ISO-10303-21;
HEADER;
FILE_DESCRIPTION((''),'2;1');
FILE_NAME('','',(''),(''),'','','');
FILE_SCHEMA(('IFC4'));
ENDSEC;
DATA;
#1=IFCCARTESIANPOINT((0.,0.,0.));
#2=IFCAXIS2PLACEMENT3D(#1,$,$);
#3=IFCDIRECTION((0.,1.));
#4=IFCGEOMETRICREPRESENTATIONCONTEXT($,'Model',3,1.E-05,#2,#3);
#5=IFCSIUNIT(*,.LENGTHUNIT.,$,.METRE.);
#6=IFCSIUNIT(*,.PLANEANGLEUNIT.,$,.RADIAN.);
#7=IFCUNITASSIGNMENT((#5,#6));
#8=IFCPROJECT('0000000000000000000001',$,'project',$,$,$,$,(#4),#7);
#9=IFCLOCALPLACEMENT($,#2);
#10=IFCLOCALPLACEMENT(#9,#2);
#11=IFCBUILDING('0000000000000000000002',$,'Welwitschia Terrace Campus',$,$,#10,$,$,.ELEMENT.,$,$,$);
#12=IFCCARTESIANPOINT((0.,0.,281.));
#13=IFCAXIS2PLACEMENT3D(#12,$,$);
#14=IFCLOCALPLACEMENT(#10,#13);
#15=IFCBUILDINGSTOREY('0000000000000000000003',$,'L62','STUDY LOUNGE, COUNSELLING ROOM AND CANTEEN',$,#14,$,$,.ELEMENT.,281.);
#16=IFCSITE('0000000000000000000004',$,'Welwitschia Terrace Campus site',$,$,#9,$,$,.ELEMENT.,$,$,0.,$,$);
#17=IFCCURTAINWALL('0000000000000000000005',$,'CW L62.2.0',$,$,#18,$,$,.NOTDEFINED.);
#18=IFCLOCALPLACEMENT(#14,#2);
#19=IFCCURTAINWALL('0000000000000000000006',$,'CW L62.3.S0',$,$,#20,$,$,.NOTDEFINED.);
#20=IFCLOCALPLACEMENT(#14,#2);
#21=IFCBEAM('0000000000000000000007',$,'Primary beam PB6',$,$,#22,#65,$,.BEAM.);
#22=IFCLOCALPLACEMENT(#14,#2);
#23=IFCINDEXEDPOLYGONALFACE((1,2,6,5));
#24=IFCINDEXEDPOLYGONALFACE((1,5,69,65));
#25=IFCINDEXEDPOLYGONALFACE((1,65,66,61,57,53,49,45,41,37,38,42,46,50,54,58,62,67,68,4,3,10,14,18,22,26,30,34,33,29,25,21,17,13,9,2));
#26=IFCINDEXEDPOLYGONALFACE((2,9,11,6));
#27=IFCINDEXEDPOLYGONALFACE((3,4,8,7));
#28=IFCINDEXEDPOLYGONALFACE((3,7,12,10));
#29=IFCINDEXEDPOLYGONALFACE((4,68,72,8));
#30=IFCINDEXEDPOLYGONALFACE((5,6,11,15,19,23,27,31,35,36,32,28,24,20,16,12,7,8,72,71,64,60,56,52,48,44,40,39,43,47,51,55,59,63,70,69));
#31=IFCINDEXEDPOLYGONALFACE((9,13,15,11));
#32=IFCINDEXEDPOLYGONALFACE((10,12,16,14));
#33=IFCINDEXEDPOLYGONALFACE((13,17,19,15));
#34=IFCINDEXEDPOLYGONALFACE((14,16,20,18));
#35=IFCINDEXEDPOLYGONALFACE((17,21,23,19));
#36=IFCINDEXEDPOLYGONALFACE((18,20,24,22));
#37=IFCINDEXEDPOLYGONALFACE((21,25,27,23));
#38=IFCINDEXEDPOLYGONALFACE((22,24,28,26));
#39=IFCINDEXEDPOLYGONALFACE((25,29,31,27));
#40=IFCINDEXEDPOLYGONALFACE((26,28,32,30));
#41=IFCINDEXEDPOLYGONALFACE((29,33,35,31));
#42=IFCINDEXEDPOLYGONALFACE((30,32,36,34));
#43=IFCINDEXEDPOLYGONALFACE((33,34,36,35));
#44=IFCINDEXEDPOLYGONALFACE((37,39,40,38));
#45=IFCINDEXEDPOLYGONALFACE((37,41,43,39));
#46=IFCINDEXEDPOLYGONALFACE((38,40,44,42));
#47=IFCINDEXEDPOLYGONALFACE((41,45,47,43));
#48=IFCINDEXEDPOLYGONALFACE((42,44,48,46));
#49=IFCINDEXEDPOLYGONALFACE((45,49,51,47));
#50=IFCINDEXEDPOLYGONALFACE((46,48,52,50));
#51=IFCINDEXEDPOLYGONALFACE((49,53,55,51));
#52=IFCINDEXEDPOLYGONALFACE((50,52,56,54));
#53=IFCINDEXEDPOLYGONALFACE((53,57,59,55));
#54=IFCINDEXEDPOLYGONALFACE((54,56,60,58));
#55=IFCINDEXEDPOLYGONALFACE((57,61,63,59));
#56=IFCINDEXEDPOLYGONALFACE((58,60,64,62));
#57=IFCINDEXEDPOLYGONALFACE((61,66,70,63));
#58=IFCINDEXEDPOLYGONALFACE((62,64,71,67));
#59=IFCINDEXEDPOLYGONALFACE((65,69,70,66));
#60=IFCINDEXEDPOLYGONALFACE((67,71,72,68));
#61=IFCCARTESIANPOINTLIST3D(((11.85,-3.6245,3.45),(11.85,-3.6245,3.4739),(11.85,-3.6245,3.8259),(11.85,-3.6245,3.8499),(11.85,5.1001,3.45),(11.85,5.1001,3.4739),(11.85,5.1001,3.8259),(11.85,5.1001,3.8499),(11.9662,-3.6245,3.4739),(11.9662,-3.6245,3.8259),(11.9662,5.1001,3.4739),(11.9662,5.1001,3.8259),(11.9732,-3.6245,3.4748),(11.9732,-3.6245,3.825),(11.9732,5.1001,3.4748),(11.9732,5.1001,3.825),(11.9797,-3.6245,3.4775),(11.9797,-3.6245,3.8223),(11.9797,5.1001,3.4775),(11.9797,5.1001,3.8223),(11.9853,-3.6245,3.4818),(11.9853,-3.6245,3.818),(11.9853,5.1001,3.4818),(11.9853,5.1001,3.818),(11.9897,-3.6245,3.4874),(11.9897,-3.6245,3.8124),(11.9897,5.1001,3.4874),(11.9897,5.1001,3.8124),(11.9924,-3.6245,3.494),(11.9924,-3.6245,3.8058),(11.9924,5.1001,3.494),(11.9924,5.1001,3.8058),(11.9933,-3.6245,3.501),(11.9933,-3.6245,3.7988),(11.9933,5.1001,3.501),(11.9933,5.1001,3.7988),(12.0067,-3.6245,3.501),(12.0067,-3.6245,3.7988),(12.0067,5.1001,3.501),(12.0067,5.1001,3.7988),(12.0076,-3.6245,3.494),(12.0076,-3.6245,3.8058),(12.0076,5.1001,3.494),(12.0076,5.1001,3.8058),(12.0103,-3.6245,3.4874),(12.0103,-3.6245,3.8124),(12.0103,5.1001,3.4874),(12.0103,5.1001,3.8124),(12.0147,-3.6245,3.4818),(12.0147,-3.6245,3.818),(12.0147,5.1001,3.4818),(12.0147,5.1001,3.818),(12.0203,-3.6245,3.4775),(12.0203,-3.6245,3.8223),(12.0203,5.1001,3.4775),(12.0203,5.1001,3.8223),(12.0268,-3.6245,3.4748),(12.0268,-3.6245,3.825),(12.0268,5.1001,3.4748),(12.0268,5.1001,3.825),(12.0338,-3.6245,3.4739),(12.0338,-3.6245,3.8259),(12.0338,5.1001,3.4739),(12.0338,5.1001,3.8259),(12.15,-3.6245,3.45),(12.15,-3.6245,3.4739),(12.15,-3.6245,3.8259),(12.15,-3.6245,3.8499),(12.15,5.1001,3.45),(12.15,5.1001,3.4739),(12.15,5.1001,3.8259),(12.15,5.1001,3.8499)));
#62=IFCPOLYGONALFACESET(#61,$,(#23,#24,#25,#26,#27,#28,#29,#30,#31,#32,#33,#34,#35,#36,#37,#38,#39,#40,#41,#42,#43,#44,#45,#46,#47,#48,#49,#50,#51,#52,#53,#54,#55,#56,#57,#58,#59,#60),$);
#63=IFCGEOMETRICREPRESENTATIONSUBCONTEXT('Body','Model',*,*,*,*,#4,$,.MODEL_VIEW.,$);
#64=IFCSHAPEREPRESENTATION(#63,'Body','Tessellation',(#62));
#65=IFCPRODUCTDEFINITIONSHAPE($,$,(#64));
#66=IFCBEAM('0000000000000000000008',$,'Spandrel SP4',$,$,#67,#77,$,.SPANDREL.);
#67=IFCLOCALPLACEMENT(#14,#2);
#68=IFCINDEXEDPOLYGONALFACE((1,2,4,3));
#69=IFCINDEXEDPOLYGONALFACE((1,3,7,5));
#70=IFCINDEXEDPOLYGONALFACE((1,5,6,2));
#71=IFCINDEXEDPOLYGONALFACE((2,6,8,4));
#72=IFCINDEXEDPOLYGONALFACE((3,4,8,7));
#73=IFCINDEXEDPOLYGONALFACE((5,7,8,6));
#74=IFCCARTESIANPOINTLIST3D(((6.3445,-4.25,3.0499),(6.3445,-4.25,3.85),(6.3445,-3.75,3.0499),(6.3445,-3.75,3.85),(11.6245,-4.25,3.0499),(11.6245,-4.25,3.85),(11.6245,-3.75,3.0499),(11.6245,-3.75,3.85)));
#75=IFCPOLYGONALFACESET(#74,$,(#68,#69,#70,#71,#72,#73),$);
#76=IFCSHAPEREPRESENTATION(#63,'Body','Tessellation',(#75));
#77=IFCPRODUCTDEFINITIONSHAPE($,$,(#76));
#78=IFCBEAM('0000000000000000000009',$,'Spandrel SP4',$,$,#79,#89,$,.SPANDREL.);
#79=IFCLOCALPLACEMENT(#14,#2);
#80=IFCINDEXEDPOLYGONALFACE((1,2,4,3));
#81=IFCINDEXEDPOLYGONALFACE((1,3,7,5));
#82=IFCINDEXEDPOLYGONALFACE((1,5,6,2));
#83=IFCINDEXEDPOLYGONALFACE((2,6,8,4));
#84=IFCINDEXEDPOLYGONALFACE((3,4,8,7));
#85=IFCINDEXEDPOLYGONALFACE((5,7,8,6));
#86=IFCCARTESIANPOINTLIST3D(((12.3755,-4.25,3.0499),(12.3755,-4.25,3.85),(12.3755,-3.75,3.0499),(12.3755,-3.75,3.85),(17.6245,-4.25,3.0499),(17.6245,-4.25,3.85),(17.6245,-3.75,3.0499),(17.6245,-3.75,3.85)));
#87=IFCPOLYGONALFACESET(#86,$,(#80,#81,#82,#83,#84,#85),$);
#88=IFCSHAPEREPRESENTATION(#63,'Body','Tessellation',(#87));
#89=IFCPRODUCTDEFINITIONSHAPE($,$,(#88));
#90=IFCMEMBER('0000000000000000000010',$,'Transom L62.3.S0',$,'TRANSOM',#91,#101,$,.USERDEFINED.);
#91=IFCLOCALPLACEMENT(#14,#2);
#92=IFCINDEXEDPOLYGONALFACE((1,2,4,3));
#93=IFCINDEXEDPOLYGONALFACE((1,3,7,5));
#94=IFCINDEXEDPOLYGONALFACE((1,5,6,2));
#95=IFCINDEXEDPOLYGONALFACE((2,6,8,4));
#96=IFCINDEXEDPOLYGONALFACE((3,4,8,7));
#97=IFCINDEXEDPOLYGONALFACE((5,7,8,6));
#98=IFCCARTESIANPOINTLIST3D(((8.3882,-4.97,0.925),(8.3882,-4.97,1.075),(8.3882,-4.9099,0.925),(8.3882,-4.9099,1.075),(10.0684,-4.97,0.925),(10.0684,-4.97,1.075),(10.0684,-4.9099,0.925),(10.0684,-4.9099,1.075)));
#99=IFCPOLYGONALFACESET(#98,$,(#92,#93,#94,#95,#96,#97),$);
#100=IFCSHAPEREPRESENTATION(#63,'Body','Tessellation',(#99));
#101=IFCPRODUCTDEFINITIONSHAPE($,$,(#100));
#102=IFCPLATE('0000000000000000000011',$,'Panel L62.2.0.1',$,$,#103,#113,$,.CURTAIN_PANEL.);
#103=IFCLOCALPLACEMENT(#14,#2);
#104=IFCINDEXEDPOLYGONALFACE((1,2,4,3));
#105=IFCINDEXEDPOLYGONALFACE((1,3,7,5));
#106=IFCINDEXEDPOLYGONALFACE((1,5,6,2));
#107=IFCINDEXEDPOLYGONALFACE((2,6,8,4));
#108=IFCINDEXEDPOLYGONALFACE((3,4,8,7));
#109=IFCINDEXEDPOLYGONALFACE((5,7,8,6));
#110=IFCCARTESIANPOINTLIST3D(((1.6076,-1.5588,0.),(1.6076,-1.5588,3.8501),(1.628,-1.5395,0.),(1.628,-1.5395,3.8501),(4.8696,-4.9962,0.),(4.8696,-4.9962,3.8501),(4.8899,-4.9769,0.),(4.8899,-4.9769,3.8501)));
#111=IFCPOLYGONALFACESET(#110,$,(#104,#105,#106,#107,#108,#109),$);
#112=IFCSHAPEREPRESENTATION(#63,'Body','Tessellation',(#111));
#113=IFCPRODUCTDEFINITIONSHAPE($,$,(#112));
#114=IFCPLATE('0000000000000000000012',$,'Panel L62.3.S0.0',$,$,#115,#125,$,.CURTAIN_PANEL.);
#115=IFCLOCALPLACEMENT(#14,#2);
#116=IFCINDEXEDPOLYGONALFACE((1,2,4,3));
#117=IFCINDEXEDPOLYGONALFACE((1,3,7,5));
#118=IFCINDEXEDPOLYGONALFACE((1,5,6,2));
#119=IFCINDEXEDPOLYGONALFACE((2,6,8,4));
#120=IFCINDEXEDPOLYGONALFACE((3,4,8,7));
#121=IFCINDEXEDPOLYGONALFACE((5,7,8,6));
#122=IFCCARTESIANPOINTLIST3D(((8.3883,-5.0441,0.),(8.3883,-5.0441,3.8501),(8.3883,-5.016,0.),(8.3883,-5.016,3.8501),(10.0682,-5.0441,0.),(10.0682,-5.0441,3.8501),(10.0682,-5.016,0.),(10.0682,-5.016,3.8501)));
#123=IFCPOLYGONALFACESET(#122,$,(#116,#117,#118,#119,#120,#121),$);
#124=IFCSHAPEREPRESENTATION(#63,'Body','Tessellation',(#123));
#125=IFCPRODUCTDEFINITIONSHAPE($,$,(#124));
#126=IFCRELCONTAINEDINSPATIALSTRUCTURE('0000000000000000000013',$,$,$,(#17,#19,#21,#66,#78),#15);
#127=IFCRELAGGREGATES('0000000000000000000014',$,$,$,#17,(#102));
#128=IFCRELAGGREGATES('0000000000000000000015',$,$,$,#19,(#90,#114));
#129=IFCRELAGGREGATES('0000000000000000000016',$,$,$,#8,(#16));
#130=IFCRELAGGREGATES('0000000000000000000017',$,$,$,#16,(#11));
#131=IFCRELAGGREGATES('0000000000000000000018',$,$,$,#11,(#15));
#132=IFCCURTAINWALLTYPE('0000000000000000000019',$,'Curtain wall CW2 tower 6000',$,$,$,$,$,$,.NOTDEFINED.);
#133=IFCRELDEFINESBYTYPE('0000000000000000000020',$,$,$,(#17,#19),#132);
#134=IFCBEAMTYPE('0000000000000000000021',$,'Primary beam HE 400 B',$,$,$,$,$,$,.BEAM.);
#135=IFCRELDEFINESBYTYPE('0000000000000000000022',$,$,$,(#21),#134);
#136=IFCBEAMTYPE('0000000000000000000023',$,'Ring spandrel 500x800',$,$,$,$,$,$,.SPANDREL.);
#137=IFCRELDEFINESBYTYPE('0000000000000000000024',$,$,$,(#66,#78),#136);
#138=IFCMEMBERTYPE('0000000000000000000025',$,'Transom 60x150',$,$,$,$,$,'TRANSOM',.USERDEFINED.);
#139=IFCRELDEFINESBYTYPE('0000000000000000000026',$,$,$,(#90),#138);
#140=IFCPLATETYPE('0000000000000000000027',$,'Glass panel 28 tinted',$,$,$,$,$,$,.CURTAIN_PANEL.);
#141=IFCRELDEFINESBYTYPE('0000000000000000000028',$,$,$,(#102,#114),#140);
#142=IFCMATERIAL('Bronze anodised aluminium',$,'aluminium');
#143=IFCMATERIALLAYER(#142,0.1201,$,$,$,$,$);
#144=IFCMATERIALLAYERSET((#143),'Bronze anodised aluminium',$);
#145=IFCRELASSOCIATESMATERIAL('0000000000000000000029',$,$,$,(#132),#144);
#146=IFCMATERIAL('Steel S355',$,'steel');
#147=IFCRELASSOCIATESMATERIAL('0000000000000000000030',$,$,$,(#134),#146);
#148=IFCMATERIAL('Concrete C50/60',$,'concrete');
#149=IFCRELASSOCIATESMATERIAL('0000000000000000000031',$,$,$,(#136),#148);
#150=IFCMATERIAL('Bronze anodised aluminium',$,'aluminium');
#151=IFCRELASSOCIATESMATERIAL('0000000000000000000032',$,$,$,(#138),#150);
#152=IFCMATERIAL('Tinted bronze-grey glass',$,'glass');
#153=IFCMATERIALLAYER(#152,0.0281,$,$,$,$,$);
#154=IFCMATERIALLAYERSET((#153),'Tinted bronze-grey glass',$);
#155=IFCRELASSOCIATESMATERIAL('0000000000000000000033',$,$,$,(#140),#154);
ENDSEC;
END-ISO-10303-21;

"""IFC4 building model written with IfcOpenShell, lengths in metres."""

from ifc_helpers import new_model, si_unit, direction, frame, origin, origin_2d, place, context, subcontext, project, spatial, rectangle, i_section, extrude, material, layer, layer_set, material_profile, profile_set, type_object, element, aggregate, save


model = new_model("IFC4")

# Units and contexts
model_context = context("Model", 3, precision=1e-05, world=origin(), true_north=direction((0.0, 1.0)))
body_context = subcontext(model_context, "Body", "Model", "MODEL_VIEW")
ifc_project = project(units=[si_unit("LENGTHUNIT", "METRE"), si_unit("PLANEANGLEUNIT", "RADIAN")], contexts=[model_context])

# Site, building, storey
site_placement = place(None, origin())
site = spatial("IfcSite", under=ifc_project, at=site_placement, Name="Welwitschia Terrace Campus site", CompositionType="ELEMENT", RefElevation=0.0)
building_placement = place(site_placement, origin())
building = spatial("IfcBuilding", under=site, at=building_placement, Name="Welwitschia Terrace Campus", CompositionType="ELEMENT")
storey_placement = place(building_placement, frame((0.0, 0.0, 281.0)))
storey = spatial("IfcBuildingStorey", under=building, at=storey_placement, Name="L62", Description="STUDY LOUNGE, COUNSELLING ROOM AND CANTEEN", CompositionType="ELEMENT", Elevation=281.0)

# Curtain wall
ifc_material_1 = material(Name="Bronze anodised aluminium", Category="aluminium")
ifc_layer_1 = layer(ifc_material_1, 0.1201)
ifc_layer_set_1 = layer_set([ifc_layer_1], Name="Bronze anodised aluminium")
curtain_wall_type = type_object("IfcCurtainWallType", Name="Curtain wall CW2 tower 6000", PredefinedType="NOTDEFINED", material=ifc_layer_set_1)
curtain_wall_1_placement = place(storey_placement, origin())
curtain_wall_1 = element("IfcCurtainWall", 1, at=curtain_wall_1_placement, inside=storey, type_object=curtain_wall_type, Name="CW L62.2.0", PredefinedType="NOTDEFINED")

# Curtain wall
curtain_wall_2_placement = place(storey_placement, origin())
curtain_wall_2 = element("IfcCurtainWall", 2, at=curtain_wall_2_placement, inside=storey, type_object=curtain_wall_type, Name="CW L62.3.S0", PredefinedType="NOTDEFINED")

# Beams
ifc_material_2 = material(Name="Steel S355", Category="steel")
ifc_material_profile_1 = material_profile(ifc_material_2, i_section(OverallWidth=0.3, OverallDepth=0.3999, WebThickness=0.0134, FlangeThickness=0.0239, FilletRadius=0.0271, at=origin_2d()))
ifc_profile_set_1 = profile_set([ifc_material_profile_1], Name="Steel S355")
beam_type_1 = type_object("IfcBeamType", Name="Primary beam HE 400 B", PredefinedType="BEAM", material=ifc_profile_set_1)
beam_1_placement = place(storey_placement, frame((12.0, -3.6245, 3.6499), z_axis=(0.0, 1.0, 0.0), x_axis=(-1.0, 0.0, 0.0)))
element("IfcBeam", 3, at=beam_1_placement, inside=storey, type_object=beam_type_1, Name="Primary beam PB6", PredefinedType="BEAM", context=body_context, shape_type="SweptSolid", body=[
    extrude(i_section(OverallWidth=0.3, OverallDepth=0.3999, WebThickness=0.0134, FlangeThickness=0.0239, FilletRadius=0.0271, at=origin_2d()), origin(), (0.0, 0.0, 1.0), 8.7246),
])
ifc_material_3 = material(Name="Concrete C50/60", Category="concrete")
ifc_material_profile_2 = material_profile(ifc_material_3, rectangle(XDim=0.5, YDim=0.8, at=origin_2d()))
ifc_profile_set_2 = profile_set([ifc_material_profile_2], Name="Concrete C50/60")
beam_type_2 = type_object("IfcBeamType", Name="Ring spandrel 500x800", PredefinedType="SPANDREL", material=ifc_profile_set_2)
beam_2_placement = place(storey_placement, frame((6.3445, -4.0, 3.45), z_axis=(1.0, 0.0, 0.0), x_axis=(0.0, 1.0, 0.0)))
element("IfcBeam", 4, at=beam_2_placement, inside=storey, type_object=beam_type_2, Name="Spandrel SP4", PredefinedType="SPANDREL", context=body_context, shape_type="SweptSolid", body=[
    extrude(rectangle(XDim=0.5, YDim=0.8, at=origin_2d()), origin(), (0.0, 0.0, 1.0), 5.28),
])
beam_3_placement = place(storey_placement, frame((12.3755, -4.0, 3.45), z_axis=(1.0, 0.0, 0.0), x_axis=(0.0, 1.0, 0.0)))
element("IfcBeam", 5, at=beam_3_placement, inside=storey, type_object=beam_type_2, Name="Spandrel SP4", PredefinedType="SPANDREL", context=body_context, shape_type="SweptSolid", body=[
    extrude(rectangle(XDim=0.5, YDim=0.8, at=origin_2d()), origin(), (0.0, 0.0, 1.0), 5.249),
])

# Member
ifc_material_4 = material(Name="Bronze anodised aluminium", Category="aluminium")
ifc_material_profile_3 = material_profile(ifc_material_4, rectangle(XDim=0.0601, YDim=0.1499, at=origin_2d()))
ifc_profile_set_3 = profile_set([ifc_material_profile_3], Name="Bronze anodised aluminium")
member_type_1 = type_object("IfcMemberType", Name="Transom 60x150", ElementType="TRANSOM", PredefinedType="USERDEFINED", material=ifc_profile_set_3)
member_1_placement = place(storey_placement, frame((8.3882, -4.9399, 1.0), z_axis=(1.0, 0.0, 0.0), x_axis=(0.0, 1.0, 0.0)))
member_1 = element("IfcMember", 6, at=member_1_placement, type_object=member_type_1, Name="Transom L62.3.S0", ObjectType="TRANSOM", PredefinedType="USERDEFINED", context=body_context, shape_type="SweptSolid", body=[
    extrude(rectangle(XDim=0.0601, YDim=0.1499, at=origin_2d()), origin(), (0.0, 0.0, 1.0), 1.6802),
])

# Plates
ifc_material_5 = material(Name="Tinted bronze-grey glass", Category="glass")
ifc_layer_2 = layer(ifc_material_5, 0.0281)
ifc_layer_set_2 = layer_set([ifc_layer_2], Name="Tinted bronze-grey glass")
plate_type = type_object("IfcPlateType", Name="Glass panel 28 tinted", PredefinedType="CURTAIN_PANEL", material=ifc_layer_set_2)
plate_1_placement = place(storey_placement, frame((3.2488, -3.2678, 0.0), z_axis=(0.0, 0.0, 1.0), x_axis=(0.688355, -0.725374, 0.0)))
plate_1 = element("IfcPlate", 7, at=plate_1_placement, type_object=plate_type, Name="Panel L62.2.0.1", PredefinedType="CURTAIN_PANEL", context=body_context, shape_type="SweptSolid", body=[
    extrude(rectangle(XDim=4.7388, YDim=0.0281, at=origin_2d()), origin(), (0.0, 0.0, 1.0), 3.8501),
])
aggregate(curtain_wall_1, [plate_1])
plate_2_placement = place(storey_placement, frame((9.2283, -5.03, 0.0), z_axis=(0.0, 0.0, 1.0), x_axis=(1.0, 0.0, 0.0)))
plate_2 = element("IfcPlate", 8, at=plate_2_placement, type_object=plate_type, Name="Panel L62.3.S0.0", PredefinedType="CURTAIN_PANEL", context=body_context, shape_type="SweptSolid", body=[
    extrude(rectangle(XDim=1.6799, YDim=0.0281, at=origin_2d()), origin(), (0.0, 0.0, 1.0), 3.8501),
])
aggregate(curtain_wall_2, [member_1, plate_2])

save(model, "model.ifc")
